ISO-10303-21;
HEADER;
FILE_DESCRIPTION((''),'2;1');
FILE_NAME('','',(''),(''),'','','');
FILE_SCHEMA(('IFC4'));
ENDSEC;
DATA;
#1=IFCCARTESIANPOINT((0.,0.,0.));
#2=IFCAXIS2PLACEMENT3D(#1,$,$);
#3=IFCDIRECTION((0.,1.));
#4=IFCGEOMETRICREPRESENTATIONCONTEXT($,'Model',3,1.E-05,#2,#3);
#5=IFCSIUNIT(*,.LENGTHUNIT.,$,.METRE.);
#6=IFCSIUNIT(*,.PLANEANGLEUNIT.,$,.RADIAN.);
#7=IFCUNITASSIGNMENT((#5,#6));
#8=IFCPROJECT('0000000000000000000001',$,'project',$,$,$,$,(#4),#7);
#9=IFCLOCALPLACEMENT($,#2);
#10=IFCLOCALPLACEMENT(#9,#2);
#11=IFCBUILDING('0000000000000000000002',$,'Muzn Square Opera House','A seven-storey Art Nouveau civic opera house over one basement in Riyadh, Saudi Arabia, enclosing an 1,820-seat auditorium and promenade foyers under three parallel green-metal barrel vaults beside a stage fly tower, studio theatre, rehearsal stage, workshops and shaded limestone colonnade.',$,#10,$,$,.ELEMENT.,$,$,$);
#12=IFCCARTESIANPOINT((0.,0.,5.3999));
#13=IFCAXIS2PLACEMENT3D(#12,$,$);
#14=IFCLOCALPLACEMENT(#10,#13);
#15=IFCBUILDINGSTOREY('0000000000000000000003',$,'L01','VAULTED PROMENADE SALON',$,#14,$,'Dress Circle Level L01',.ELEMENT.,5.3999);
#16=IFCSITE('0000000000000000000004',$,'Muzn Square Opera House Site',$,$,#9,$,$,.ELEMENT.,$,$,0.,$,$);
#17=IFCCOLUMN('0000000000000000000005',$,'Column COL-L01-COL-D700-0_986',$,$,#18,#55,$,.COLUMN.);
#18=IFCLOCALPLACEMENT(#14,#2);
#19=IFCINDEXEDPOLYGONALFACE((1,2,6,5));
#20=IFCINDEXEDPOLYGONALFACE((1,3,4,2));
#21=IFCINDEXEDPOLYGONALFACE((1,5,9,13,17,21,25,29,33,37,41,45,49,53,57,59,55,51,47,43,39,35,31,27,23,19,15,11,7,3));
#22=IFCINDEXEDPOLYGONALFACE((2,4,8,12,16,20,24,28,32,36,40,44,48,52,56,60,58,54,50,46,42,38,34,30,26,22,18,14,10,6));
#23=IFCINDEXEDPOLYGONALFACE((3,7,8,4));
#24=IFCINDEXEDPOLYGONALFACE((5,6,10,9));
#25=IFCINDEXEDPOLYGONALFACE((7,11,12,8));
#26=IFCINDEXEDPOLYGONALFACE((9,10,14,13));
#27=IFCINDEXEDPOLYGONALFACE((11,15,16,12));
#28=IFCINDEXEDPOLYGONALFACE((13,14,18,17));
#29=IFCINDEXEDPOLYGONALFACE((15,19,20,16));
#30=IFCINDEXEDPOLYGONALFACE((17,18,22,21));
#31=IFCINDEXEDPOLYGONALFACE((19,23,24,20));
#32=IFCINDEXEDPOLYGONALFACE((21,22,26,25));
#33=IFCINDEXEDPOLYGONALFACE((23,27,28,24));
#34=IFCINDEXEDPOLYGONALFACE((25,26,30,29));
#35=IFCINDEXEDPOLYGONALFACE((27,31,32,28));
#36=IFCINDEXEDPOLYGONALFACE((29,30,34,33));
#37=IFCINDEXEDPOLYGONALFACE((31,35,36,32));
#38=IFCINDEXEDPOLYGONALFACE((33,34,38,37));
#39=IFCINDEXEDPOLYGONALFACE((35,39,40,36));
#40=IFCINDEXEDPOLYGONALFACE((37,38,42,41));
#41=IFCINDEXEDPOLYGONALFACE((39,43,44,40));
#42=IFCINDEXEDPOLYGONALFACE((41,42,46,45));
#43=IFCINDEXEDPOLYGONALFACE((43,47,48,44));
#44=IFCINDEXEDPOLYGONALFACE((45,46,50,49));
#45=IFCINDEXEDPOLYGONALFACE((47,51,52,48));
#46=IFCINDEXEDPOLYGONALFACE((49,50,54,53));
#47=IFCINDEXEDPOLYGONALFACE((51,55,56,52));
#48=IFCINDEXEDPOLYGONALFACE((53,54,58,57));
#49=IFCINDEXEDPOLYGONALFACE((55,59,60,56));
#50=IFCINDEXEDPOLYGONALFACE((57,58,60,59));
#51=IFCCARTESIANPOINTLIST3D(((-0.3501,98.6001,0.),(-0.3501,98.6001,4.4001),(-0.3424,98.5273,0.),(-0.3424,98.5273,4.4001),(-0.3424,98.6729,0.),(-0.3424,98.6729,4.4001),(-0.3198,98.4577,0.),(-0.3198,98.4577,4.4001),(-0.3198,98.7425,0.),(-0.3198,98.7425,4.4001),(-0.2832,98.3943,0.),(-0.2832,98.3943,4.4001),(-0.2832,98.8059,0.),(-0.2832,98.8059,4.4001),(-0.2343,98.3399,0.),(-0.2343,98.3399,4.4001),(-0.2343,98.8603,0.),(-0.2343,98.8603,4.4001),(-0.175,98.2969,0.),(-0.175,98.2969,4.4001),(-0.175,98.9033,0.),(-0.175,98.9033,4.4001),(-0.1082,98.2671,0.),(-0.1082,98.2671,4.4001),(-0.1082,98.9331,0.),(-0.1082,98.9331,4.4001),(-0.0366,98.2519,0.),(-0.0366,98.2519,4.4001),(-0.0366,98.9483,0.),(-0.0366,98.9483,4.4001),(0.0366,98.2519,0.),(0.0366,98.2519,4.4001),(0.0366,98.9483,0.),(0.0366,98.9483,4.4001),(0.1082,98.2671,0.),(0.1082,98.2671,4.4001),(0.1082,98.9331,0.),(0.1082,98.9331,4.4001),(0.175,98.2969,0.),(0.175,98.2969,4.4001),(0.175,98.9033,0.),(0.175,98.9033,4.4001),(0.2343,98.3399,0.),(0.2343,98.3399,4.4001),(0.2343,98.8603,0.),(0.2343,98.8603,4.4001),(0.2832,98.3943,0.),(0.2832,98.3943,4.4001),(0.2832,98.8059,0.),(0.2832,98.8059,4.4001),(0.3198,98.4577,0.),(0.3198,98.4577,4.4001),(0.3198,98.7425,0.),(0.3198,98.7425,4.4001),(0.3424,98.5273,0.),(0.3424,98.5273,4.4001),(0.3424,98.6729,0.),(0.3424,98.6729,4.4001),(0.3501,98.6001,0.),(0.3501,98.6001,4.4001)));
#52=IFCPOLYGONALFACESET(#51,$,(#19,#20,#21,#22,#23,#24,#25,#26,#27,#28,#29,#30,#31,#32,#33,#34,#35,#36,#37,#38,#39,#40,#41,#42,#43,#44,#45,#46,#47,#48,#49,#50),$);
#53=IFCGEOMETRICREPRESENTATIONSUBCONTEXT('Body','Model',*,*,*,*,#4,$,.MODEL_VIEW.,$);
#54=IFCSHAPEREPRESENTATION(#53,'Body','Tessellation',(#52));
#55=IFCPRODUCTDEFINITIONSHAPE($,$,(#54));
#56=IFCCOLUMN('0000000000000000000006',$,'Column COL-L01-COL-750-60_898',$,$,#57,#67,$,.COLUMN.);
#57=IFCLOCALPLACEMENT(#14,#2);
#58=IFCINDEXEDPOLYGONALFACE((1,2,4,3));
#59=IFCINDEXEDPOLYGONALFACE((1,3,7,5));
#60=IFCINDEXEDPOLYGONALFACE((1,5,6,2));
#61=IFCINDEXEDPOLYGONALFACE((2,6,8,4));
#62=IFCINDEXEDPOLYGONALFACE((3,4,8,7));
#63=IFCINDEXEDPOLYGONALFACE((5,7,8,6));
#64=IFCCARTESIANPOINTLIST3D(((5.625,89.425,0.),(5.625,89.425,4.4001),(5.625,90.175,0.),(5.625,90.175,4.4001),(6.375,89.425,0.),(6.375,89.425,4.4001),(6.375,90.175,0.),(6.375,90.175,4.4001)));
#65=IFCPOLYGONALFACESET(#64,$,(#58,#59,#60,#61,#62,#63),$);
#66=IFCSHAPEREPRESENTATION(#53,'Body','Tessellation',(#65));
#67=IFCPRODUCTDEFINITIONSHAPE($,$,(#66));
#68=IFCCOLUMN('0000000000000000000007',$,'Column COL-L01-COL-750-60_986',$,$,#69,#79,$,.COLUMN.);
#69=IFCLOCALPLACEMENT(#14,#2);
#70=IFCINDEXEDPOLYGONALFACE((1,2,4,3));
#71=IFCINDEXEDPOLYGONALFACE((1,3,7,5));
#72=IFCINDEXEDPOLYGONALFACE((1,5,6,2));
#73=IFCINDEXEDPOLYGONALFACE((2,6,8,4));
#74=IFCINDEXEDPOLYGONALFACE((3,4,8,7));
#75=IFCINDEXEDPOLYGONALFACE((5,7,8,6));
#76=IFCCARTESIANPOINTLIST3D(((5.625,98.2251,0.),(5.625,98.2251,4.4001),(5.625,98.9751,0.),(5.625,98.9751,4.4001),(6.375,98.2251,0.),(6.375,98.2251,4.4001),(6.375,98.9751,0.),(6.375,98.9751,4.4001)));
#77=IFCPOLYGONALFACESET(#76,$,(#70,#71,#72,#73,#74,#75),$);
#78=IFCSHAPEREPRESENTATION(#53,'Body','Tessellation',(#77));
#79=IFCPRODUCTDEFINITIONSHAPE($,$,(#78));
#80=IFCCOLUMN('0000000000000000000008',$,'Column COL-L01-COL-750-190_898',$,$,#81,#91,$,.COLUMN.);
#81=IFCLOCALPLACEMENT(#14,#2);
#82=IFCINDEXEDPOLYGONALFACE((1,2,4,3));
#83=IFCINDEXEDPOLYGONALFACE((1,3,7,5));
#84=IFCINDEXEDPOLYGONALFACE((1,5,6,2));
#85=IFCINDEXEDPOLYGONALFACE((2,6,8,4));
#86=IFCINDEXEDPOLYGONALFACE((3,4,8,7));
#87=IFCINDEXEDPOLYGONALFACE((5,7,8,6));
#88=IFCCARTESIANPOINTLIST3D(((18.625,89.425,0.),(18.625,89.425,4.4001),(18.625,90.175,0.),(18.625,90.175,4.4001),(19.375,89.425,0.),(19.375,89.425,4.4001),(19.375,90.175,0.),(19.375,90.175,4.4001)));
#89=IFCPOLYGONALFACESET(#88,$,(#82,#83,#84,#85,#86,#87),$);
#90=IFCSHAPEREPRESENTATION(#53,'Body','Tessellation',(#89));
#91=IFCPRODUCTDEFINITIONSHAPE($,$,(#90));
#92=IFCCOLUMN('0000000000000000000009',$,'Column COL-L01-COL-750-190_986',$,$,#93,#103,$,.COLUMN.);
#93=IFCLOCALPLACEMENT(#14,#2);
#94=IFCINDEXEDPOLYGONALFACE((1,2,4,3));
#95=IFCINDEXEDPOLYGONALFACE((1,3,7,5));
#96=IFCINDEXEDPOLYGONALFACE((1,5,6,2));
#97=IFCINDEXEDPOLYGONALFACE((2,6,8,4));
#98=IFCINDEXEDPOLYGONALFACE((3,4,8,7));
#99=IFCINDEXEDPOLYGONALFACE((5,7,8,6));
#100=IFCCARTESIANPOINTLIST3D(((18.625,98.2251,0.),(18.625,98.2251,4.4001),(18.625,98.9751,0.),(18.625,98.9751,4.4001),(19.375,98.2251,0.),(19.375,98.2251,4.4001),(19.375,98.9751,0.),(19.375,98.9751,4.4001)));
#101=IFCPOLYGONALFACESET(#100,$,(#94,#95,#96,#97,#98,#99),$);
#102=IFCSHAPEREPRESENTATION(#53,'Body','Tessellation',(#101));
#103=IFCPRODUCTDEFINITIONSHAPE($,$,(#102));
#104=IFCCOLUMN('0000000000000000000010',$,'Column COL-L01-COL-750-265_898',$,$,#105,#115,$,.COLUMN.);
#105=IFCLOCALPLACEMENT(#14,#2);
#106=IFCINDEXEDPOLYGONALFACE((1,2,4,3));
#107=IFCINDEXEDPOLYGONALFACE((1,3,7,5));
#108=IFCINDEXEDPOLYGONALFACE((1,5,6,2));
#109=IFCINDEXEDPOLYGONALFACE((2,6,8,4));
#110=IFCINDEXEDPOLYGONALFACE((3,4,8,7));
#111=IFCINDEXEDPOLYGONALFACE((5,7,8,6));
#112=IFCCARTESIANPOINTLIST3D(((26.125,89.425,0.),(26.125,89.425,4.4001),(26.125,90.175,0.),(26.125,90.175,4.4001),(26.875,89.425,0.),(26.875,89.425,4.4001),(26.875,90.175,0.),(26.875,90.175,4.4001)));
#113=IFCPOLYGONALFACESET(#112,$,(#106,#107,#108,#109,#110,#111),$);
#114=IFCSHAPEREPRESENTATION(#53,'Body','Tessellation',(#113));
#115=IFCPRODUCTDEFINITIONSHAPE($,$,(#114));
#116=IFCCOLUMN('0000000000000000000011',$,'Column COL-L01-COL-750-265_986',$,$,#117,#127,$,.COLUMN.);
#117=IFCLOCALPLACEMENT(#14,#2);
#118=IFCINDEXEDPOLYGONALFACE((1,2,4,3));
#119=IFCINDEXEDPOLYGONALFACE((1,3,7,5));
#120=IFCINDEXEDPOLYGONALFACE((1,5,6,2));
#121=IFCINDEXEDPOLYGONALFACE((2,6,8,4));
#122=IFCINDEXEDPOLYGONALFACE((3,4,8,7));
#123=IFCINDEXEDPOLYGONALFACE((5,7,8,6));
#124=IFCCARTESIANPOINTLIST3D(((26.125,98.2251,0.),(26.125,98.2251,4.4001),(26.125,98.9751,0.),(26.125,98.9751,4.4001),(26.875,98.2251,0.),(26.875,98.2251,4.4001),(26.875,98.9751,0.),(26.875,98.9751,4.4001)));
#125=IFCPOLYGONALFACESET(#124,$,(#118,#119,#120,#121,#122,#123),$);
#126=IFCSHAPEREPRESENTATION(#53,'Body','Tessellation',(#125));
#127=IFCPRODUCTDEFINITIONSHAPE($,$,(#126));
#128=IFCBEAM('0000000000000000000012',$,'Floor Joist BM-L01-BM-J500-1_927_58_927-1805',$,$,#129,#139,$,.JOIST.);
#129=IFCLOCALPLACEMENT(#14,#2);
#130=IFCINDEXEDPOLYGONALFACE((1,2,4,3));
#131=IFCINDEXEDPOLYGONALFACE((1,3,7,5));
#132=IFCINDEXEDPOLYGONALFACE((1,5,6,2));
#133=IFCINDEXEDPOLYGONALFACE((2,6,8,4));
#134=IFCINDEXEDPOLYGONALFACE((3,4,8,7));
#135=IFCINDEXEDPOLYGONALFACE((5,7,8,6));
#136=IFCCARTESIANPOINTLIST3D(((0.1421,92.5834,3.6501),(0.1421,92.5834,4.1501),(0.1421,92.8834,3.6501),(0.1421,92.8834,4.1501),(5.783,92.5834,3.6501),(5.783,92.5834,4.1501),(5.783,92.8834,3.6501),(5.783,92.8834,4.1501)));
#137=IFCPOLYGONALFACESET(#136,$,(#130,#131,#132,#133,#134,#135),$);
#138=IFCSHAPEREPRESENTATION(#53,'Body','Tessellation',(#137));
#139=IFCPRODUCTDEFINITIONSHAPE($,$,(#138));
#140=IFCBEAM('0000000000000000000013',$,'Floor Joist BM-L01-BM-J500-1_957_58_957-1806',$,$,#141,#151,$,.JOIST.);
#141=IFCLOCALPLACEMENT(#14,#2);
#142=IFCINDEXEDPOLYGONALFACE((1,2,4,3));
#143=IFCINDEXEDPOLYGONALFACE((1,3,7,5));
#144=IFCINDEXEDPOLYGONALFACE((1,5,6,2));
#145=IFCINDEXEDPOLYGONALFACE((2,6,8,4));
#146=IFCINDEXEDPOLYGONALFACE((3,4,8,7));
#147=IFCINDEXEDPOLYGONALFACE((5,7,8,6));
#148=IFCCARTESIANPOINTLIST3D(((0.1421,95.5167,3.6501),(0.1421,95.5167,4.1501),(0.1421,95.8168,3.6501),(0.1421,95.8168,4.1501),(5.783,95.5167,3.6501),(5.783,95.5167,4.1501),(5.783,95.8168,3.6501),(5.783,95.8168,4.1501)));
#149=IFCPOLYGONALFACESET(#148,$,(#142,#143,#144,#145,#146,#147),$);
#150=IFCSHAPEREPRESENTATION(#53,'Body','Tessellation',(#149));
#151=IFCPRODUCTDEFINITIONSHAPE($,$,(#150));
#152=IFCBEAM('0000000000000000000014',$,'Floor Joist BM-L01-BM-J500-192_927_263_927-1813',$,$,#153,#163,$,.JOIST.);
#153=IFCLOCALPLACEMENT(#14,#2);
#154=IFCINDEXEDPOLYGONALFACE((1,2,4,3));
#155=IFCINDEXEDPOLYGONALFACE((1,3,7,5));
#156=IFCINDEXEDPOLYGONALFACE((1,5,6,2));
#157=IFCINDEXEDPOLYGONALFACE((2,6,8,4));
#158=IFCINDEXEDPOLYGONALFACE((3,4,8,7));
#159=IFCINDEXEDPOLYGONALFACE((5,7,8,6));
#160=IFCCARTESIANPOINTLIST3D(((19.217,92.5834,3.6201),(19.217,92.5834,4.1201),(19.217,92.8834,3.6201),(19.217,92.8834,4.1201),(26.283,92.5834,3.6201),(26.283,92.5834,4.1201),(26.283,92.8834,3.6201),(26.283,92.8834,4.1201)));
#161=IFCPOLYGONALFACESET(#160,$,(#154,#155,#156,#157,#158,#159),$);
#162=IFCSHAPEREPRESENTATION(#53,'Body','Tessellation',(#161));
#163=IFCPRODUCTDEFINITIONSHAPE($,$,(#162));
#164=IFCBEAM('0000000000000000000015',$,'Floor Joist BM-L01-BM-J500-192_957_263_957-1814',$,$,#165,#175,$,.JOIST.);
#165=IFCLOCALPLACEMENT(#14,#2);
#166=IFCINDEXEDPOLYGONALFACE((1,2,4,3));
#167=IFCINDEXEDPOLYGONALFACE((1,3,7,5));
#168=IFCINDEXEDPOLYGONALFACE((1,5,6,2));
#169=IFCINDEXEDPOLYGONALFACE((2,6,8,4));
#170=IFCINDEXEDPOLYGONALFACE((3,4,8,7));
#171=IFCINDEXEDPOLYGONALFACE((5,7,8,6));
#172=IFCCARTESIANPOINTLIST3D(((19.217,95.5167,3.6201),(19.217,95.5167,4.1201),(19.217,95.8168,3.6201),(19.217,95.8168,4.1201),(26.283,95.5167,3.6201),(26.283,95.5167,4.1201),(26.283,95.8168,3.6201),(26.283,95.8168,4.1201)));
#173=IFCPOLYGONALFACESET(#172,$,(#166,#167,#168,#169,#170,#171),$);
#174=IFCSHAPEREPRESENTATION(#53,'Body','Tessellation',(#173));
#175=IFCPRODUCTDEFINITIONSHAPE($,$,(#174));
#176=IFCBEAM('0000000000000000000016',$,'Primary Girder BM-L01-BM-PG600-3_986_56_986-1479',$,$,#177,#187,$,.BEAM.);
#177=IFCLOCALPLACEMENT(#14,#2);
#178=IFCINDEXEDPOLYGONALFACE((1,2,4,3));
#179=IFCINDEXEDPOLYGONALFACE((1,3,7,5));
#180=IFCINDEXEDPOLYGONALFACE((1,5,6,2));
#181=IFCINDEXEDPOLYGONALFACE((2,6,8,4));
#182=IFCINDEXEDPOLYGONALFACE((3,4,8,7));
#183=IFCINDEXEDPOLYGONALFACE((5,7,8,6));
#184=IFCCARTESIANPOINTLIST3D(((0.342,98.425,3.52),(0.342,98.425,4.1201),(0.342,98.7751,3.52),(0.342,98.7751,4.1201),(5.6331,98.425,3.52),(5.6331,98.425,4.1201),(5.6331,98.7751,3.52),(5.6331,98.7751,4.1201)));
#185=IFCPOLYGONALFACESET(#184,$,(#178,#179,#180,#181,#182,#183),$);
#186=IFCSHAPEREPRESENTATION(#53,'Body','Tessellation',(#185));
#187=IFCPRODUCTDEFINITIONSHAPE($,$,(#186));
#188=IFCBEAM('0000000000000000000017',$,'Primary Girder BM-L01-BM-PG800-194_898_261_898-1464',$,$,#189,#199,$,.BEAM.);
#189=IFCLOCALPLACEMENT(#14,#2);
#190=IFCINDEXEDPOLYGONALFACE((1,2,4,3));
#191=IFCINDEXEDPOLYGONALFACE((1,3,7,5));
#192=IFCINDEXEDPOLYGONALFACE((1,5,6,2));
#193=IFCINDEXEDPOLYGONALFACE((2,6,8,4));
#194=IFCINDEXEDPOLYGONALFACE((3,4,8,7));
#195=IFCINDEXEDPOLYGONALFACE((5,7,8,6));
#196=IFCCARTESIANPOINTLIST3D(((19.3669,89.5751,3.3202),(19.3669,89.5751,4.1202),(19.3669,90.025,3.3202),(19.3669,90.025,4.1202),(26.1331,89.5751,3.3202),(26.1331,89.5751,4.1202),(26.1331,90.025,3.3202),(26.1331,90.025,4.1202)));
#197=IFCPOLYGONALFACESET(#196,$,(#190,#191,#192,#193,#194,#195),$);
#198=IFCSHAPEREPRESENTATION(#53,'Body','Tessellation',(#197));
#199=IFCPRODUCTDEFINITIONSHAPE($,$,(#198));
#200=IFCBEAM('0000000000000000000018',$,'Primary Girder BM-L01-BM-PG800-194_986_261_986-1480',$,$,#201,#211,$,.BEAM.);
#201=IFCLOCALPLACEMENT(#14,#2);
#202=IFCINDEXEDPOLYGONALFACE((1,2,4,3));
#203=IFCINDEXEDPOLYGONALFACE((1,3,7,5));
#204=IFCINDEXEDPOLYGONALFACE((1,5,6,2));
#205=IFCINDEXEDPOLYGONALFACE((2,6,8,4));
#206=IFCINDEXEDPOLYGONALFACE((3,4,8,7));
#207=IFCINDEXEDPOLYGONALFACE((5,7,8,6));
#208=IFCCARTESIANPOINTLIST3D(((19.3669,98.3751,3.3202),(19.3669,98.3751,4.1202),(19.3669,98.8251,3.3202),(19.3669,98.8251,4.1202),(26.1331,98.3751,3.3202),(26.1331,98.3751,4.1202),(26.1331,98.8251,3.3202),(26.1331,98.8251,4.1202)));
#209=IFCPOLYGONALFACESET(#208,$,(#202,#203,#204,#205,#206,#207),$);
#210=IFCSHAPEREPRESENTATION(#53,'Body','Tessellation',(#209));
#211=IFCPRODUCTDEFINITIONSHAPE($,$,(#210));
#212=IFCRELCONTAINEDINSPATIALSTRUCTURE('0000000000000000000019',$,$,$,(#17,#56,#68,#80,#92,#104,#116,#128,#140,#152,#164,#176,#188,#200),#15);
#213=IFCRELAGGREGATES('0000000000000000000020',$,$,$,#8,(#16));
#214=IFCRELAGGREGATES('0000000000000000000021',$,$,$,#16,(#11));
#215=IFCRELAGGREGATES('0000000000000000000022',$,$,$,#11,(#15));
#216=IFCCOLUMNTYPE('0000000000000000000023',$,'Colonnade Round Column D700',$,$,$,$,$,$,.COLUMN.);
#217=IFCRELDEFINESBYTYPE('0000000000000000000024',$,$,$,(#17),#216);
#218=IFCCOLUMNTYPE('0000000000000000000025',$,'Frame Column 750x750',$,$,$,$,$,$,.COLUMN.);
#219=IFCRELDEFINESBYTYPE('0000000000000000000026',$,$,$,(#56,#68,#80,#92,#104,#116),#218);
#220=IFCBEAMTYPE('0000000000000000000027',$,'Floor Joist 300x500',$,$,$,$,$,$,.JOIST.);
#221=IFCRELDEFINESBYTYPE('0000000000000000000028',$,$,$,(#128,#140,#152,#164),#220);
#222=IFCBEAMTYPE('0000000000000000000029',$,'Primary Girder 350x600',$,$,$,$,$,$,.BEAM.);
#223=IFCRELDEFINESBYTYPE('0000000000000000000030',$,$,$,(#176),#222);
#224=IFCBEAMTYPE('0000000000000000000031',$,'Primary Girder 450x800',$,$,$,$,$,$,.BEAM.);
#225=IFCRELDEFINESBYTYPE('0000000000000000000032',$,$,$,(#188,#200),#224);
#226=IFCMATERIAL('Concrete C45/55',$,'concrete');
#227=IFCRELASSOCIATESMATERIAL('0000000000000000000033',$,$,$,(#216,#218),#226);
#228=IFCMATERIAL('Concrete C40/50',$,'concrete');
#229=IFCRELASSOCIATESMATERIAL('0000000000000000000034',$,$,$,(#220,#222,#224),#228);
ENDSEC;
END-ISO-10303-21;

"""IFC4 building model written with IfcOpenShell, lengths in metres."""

from ifc_helpers import new_model, si_unit, direction, frame, origin, origin_2d, place, context, subcontext, project, spatial, rectangle, circle, extrude, material, material_profile, profile_set, type_object, element, save


model = new_model("IFC4")

# Units and contexts
model_context = context("Model", 3, precision=1e-05, world=origin(), true_north=direction((0.0, 1.0)))
body_context = subcontext(model_context, "Body", "Model", "MODEL_VIEW")
ifc_project = project(units=[si_unit("LENGTHUNIT", "METRE"), si_unit("PLANEANGLEUNIT", "RADIAN")], contexts=[model_context])

# Site, building, storey
site_placement = place(None, origin())
site = spatial("IfcSite", under=ifc_project, at=site_placement, Name="Muzn Square Opera House Site", CompositionType="ELEMENT", RefElevation=0.0)
building_placement = place(site_placement, origin())
building = spatial("IfcBuilding", under=site, at=building_placement, Name="Muzn Square Opera House", Description="A seven-storey Art Nouveau civic opera house over one basement in Riyadh, Saudi Arabia, enclosing an 1,820-seat auditorium and promenade foyers under three parallel green-metal barrel vaults beside a stage fly tower, studio theatre, rehearsal stage, workshops and shaded limestone colonnade.", CompositionType="ELEMENT")
storey_placement = place(building_placement, frame((0.0, 0.0, 5.3999)))
storey = spatial("IfcBuildingStorey", under=building, at=storey_placement, Name="L01", Description="VAULTED PROMENADE SALON", LongName="Dress Circle Level L01", CompositionType="ELEMENT", Elevation=5.3999)

# Columns
ifc_material_1 = material(Name="Concrete C45/55", Category="concrete")
ifc_material_profile_1 = material_profile(ifc_material_1, circle(Radius=0.3501, at=origin_2d()), Name="RCC D700", Category="concrete")
ifc_profile_set_1 = profile_set([ifc_material_profile_1], Name="Concrete C45/55")
column_type_1 = type_object("IfcColumnType", Name="Colonnade Round Column D700", PredefinedType="COLUMN", material=ifc_profile_set_1)
column_placement = place(storey_placement, frame((0.0, 98.6001, 0.0), z_axis=(0.0, 0.0, 1.0), x_axis=(1.0, 0.0, 0.0)))
element("IfcColumn", 1, at=column_placement, inside=storey, type_object=column_type_1, Name="Column COL-L01-COL-D700-0_986", PredefinedType="COLUMN", context=body_context, shape_type="SweptSolid", body=[
    extrude(circle(Radius=0.3501, at=origin_2d()), origin(), (0.0, 0.0, 1.0), 4.4001),
])
ifc_material_profile_2 = material_profile(ifc_material_1, rectangle(XDim=0.75, YDim=0.75, at=origin_2d()), Name="RC 750x750", Category="concrete")
ifc_profile_set_2 = profile_set([ifc_material_profile_2], Name="Concrete C45/55")
column_type_2 = type_object("IfcColumnType", Name="Frame Column 750x750", PredefinedType="COLUMN", material=ifc_profile_set_2)
for number, where, z_axis, x_axis, name in (
    (2, (6.0, 89.8, 0.0), (0.0, 0.0, 1.0), (1.0, 0.0, 0.0), "Column COL-L01-COL-750-60_898"),
    (3, (6.0, 98.6001, 0.0), (0.0, 0.0, 1.0), (1.0, 0.0, 0.0), "Column COL-L01-COL-750-60_986"),
    (4, (19.0, 89.8, 0.0), (0.0, 0.0, 1.0), (1.0, 0.0, 0.0), "Column COL-L01-COL-750-190_898"),
    (5, (19.0, 98.6001, 0.0), (0.0, 0.0, 1.0), (1.0, 0.0, 0.0), "Column COL-L01-COL-750-190_986"),
    (6, (26.5, 89.8, 0.0), (0.0, 0.0, 1.0), (1.0, 0.0, 0.0), "Column COL-L01-COL-750-265_898"),
    (7, (26.5, 98.6001, 0.0), (0.0, 0.0, 1.0), (1.0, 0.0, 0.0), "Column COL-L01-COL-750-265_986"),
):
    element("IfcColumn", number, at=place(storey_placement, frame(where, z_axis=z_axis, x_axis=x_axis)), inside=storey, type_object=column_type_2, Name=name, PredefinedType="COLUMN", context=body_context, shape_type="SweptSolid", body=[
        extrude(rectangle(XDim=0.75, YDim=0.75, at=origin_2d()), origin(), (0.0, 0.0, 1.0), 4.4001),
    ])

# Beams
ifc_material_2 = material(Name="Concrete C40/50", Category="concrete")
ifc_material_profile_3 = material_profile(ifc_material_2, rectangle(XDim=0.3, YDim=0.5, at=origin_2d()), Name="RCJ 300x500", Category="concrete")
ifc_profile_set_3 = profile_set([ifc_material_profile_3], Name="Concrete C40/50")
beam_type_1 = type_object("IfcBeamType", Name="Floor Joist 300x500", PredefinedType="JOIST", material=ifc_profile_set_3)
for number, where, z_axis, x_axis, name in (
    (8, (0.1421, 92.7334, 3.9001), (1.0, 0.0, 0.0), (0.0, 1.0, 0.0), "Floor Joist BM-L01-BM-J500-1_927_58_927-1805"),
    (9, (0.1421, 95.6667, 3.9001), (1.0, 0.0, 0.0), (0.0, 1.0, 0.0), "Floor Joist BM-L01-BM-J500-1_957_58_957-1806"),
):
    element("IfcBeam", number, at=place(storey_placement, frame(where, z_axis=z_axis, x_axis=x_axis)), inside=storey, type_object=beam_type_1, Name=name, PredefinedType="JOIST", context=body_context, shape_type="SweptSolid", body=[
        extrude(rectangle(XDim=0.3, YDim=0.5, at=origin_2d()), origin(), (0.0, 0.0, 1.0), 5.6409),
    ])
for number, where, z_axis, x_axis, name in (
    (10, (19.217, 92.7334, 3.8701), (1.0, 0.0, 0.0), (0.0, 1.0, 0.0), "Floor Joist BM-L01-BM-J500-192_927_263_927-1813"),
    (11, (19.217, 95.6667, 3.8701), (1.0, 0.0, 0.0), (0.0, 1.0, 0.0), "Floor Joist BM-L01-BM-J500-192_957_263_957-1814"),
):
    element("IfcBeam", number, at=place(storey_placement, frame(where, z_axis=z_axis, x_axis=x_axis)), inside=storey, type_object=beam_type_1, Name=name, PredefinedType="JOIST", context=body_context, shape_type="SweptSolid", body=[
        extrude(rectangle(XDim=0.3, YDim=0.5, at=origin_2d()), origin(), (0.0, 0.0, 1.0), 7.0659),
    ])
ifc_material_profile_4 = material_profile(ifc_material_2, rectangle(XDim=0.3501, YDim=0.6001, at=origin_2d()), Name="RCB 350x600", Category="concrete")
ifc_profile_set_4 = profile_set([ifc_material_profile_4], Name="Concrete C40/50")
beam_type_2 = type_object("IfcBeamType", Name="Primary Girder 350x600", PredefinedType="BEAM", material=ifc_profile_set_4)
beam_1_placement = place(storey_placement, frame((0.342, 98.6001, 3.8201), z_axis=(1.0, 0.0, 0.0), x_axis=(0.0, 1.0, 0.0)))
element("IfcBeam", 12, at=beam_1_placement, inside=storey, type_object=beam_type_2, Name="Primary Girder BM-L01-BM-PG600-3_986_56_986-1479", PredefinedType="BEAM", context=body_context, shape_type="SweptSolid", body=[
    extrude(rectangle(XDim=0.3501, YDim=0.6001, at=origin_2d()), origin(), (0.0, 0.0, 1.0), 5.291),
])
ifc_material_profile_5 = material_profile(ifc_material_2, rectangle(XDim=0.45, YDim=0.8, at=origin_2d()), Name="RCB 450x800", Category="concrete")
ifc_profile_set_5 = profile_set([ifc_material_profile_5], Name="Concrete C40/50")
beam_type_3 = type_object("IfcBeamType", Name="Primary Girder 450x800", PredefinedType="BEAM", material=ifc_profile_set_5)
for number, where, z_axis, x_axis, name in (
    (13, (19.3669, 89.8, 3.7202), (1.0, 0.0, 0.0), (0.0, 1.0, 0.0), "Primary Girder BM-L01-BM-PG800-194_898_261_898-1464"),
    (14, (19.3669, 98.6001, 3.7202), (1.0, 0.0, 0.0), (0.0, 1.0, 0.0), "Primary Girder BM-L01-BM-PG800-194_986_261_986-1480"),
):
    element("IfcBeam", number, at=place(storey_placement, frame(where, z_axis=z_axis, x_axis=x_axis)), inside=storey, type_object=beam_type_3, Name=name, PredefinedType="BEAM", context=body_context, shape_type="SweptSolid", body=[
        extrude(rectangle(XDim=0.45, YDim=0.8, at=origin_2d()), origin(), (0.0, 0.0, 1.0), 6.7661),
    ])

save(model, "model.ifc")
